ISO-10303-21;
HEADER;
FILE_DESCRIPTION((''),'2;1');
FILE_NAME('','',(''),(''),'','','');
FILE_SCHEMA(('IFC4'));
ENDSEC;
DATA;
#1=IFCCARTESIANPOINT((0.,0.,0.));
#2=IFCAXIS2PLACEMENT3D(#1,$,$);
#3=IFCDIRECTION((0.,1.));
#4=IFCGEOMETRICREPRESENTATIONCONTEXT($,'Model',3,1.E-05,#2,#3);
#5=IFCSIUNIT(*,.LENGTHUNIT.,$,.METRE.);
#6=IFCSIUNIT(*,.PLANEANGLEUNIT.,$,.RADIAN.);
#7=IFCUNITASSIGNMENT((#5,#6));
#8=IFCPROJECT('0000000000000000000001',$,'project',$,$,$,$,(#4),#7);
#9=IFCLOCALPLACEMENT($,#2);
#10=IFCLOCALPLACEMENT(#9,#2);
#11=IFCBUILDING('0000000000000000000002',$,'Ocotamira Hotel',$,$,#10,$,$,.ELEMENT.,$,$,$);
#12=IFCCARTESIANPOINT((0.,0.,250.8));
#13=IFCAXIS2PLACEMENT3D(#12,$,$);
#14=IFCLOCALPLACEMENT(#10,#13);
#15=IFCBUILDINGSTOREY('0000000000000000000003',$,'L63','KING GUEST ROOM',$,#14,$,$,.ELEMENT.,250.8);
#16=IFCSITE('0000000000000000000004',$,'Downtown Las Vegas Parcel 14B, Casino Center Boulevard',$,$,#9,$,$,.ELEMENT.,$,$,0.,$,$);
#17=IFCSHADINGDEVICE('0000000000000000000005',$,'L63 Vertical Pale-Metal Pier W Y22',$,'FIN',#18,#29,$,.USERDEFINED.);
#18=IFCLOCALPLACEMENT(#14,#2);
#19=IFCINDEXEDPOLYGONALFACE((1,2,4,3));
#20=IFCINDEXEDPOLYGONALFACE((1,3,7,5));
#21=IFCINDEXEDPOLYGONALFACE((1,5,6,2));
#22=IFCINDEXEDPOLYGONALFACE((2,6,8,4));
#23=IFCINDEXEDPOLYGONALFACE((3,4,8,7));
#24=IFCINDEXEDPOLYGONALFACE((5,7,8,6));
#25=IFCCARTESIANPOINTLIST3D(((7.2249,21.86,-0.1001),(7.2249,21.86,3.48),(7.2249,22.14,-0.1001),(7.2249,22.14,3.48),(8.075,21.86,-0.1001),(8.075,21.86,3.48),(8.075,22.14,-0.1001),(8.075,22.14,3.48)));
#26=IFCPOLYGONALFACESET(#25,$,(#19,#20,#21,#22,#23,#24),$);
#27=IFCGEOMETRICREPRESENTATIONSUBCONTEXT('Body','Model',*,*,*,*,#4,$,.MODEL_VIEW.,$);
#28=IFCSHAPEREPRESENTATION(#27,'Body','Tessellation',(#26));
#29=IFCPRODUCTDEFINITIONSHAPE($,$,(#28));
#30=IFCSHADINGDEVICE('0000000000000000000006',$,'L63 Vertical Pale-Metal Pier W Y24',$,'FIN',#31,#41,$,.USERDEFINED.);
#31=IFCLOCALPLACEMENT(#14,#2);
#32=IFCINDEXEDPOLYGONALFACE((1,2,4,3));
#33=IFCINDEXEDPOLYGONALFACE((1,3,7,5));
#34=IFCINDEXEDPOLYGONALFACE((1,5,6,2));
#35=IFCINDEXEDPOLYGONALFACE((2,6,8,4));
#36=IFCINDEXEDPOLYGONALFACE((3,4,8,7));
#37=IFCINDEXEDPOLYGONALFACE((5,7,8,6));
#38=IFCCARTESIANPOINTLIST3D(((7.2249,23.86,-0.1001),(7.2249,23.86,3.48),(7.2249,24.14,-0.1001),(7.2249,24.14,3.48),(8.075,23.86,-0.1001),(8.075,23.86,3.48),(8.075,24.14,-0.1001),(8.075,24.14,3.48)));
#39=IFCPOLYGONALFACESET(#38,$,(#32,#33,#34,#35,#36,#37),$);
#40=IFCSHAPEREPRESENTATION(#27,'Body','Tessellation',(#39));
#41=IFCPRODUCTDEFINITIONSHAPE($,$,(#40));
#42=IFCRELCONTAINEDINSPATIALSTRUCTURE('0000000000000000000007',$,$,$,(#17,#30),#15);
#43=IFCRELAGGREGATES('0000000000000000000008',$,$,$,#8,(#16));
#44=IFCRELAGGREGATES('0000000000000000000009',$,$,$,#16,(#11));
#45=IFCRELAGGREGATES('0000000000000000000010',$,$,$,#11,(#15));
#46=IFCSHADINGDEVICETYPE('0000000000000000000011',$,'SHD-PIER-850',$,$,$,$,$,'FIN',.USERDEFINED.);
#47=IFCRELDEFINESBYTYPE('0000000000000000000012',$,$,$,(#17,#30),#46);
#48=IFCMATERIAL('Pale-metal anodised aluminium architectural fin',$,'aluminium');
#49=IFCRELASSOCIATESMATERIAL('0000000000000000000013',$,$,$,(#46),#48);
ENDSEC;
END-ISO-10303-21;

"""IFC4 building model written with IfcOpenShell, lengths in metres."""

from ifc_helpers import new_model, si_unit, direction, frame, origin, origin_2d, place, context, subcontext, project, spatial, rectangle, extrude, source, transform, mapped, material, type_object, element, save


model = new_model("IFC4")

# Units and contexts
model_context = context("Model", 3, precision=1e-05, world=origin(), true_north=direction((0.0, 1.0)))
body_context = subcontext(model_context, "Body", "Model", "MODEL_VIEW")
ifc_project = project(units=[si_unit("LENGTHUNIT", "METRE"), si_unit("PLANEANGLEUNIT", "RADIAN")], contexts=[model_context])

# Site, building, storey
site_placement = place(None, origin())
site = spatial("IfcSite", under=ifc_project, at=site_placement, Name="Downtown Las Vegas Parcel 14B, Casino Center Boulevard", CompositionType="ELEMENT", RefElevation=0.0)
building_placement = place(site_placement, origin())
building = spatial("IfcBuilding", under=site, at=building_placement, Name="Ocotamira Hotel", CompositionType="ELEMENT")
storey_placement = place(building_placement, frame((0.0, 0.0, 250.8)))
storey = spatial("IfcBuildingStorey", under=building, at=storey_placement, Name="L63", Description="KING GUEST ROOM", CompositionType="ELEMENT", Elevation=250.8)

# Shading devices
ifc_material_1 = material(Name="Pale-metal anodised aluminium architectural fin", Category="aluminium")
shading_device_type = type_object("IfcShadingDeviceType", Name="SHD-PIER-850", ElementType="FIN", PredefinedType="USERDEFINED", material=ifc_material_1)
shared_shape_1 = source(origin(), body_context, "Body", "SweptSolid", [
    extrude(rectangle(XDim=0.8501, YDim=0.28, at=origin_2d()), origin(), (0.0, 0.0, 1.0), 3.5801),
])
for number, where, z_axis, x_axis, name in (
    (1, (7.6499, 22.0, -0.1001), (0.0, 0.0, 1.0), (1.0, 0.0, 0.0), "L63 Vertical Pale-Metal Pier W Y22"),
    (2, (7.6499, 24.0, -0.1001), (0.0, 0.0, 1.0), (1.0, 0.0, 0.0), "L63 Vertical Pale-Metal Pier W Y24"),
):
    element("IfcShadingDevice", number, at=place(storey_placement, frame(where, z_axis=z_axis, x_axis=x_axis)), inside=storey, type_object=shading_device_type, Name=name, ObjectType="FIN", PredefinedType="USERDEFINED", context=body_context, shape_type="MappedRepresentation", body=[
        mapped(shared_shape_1, transform((0.0, 0.0, 0.0), scale=1.0)),
    ])

save(model, "model.ifc")
